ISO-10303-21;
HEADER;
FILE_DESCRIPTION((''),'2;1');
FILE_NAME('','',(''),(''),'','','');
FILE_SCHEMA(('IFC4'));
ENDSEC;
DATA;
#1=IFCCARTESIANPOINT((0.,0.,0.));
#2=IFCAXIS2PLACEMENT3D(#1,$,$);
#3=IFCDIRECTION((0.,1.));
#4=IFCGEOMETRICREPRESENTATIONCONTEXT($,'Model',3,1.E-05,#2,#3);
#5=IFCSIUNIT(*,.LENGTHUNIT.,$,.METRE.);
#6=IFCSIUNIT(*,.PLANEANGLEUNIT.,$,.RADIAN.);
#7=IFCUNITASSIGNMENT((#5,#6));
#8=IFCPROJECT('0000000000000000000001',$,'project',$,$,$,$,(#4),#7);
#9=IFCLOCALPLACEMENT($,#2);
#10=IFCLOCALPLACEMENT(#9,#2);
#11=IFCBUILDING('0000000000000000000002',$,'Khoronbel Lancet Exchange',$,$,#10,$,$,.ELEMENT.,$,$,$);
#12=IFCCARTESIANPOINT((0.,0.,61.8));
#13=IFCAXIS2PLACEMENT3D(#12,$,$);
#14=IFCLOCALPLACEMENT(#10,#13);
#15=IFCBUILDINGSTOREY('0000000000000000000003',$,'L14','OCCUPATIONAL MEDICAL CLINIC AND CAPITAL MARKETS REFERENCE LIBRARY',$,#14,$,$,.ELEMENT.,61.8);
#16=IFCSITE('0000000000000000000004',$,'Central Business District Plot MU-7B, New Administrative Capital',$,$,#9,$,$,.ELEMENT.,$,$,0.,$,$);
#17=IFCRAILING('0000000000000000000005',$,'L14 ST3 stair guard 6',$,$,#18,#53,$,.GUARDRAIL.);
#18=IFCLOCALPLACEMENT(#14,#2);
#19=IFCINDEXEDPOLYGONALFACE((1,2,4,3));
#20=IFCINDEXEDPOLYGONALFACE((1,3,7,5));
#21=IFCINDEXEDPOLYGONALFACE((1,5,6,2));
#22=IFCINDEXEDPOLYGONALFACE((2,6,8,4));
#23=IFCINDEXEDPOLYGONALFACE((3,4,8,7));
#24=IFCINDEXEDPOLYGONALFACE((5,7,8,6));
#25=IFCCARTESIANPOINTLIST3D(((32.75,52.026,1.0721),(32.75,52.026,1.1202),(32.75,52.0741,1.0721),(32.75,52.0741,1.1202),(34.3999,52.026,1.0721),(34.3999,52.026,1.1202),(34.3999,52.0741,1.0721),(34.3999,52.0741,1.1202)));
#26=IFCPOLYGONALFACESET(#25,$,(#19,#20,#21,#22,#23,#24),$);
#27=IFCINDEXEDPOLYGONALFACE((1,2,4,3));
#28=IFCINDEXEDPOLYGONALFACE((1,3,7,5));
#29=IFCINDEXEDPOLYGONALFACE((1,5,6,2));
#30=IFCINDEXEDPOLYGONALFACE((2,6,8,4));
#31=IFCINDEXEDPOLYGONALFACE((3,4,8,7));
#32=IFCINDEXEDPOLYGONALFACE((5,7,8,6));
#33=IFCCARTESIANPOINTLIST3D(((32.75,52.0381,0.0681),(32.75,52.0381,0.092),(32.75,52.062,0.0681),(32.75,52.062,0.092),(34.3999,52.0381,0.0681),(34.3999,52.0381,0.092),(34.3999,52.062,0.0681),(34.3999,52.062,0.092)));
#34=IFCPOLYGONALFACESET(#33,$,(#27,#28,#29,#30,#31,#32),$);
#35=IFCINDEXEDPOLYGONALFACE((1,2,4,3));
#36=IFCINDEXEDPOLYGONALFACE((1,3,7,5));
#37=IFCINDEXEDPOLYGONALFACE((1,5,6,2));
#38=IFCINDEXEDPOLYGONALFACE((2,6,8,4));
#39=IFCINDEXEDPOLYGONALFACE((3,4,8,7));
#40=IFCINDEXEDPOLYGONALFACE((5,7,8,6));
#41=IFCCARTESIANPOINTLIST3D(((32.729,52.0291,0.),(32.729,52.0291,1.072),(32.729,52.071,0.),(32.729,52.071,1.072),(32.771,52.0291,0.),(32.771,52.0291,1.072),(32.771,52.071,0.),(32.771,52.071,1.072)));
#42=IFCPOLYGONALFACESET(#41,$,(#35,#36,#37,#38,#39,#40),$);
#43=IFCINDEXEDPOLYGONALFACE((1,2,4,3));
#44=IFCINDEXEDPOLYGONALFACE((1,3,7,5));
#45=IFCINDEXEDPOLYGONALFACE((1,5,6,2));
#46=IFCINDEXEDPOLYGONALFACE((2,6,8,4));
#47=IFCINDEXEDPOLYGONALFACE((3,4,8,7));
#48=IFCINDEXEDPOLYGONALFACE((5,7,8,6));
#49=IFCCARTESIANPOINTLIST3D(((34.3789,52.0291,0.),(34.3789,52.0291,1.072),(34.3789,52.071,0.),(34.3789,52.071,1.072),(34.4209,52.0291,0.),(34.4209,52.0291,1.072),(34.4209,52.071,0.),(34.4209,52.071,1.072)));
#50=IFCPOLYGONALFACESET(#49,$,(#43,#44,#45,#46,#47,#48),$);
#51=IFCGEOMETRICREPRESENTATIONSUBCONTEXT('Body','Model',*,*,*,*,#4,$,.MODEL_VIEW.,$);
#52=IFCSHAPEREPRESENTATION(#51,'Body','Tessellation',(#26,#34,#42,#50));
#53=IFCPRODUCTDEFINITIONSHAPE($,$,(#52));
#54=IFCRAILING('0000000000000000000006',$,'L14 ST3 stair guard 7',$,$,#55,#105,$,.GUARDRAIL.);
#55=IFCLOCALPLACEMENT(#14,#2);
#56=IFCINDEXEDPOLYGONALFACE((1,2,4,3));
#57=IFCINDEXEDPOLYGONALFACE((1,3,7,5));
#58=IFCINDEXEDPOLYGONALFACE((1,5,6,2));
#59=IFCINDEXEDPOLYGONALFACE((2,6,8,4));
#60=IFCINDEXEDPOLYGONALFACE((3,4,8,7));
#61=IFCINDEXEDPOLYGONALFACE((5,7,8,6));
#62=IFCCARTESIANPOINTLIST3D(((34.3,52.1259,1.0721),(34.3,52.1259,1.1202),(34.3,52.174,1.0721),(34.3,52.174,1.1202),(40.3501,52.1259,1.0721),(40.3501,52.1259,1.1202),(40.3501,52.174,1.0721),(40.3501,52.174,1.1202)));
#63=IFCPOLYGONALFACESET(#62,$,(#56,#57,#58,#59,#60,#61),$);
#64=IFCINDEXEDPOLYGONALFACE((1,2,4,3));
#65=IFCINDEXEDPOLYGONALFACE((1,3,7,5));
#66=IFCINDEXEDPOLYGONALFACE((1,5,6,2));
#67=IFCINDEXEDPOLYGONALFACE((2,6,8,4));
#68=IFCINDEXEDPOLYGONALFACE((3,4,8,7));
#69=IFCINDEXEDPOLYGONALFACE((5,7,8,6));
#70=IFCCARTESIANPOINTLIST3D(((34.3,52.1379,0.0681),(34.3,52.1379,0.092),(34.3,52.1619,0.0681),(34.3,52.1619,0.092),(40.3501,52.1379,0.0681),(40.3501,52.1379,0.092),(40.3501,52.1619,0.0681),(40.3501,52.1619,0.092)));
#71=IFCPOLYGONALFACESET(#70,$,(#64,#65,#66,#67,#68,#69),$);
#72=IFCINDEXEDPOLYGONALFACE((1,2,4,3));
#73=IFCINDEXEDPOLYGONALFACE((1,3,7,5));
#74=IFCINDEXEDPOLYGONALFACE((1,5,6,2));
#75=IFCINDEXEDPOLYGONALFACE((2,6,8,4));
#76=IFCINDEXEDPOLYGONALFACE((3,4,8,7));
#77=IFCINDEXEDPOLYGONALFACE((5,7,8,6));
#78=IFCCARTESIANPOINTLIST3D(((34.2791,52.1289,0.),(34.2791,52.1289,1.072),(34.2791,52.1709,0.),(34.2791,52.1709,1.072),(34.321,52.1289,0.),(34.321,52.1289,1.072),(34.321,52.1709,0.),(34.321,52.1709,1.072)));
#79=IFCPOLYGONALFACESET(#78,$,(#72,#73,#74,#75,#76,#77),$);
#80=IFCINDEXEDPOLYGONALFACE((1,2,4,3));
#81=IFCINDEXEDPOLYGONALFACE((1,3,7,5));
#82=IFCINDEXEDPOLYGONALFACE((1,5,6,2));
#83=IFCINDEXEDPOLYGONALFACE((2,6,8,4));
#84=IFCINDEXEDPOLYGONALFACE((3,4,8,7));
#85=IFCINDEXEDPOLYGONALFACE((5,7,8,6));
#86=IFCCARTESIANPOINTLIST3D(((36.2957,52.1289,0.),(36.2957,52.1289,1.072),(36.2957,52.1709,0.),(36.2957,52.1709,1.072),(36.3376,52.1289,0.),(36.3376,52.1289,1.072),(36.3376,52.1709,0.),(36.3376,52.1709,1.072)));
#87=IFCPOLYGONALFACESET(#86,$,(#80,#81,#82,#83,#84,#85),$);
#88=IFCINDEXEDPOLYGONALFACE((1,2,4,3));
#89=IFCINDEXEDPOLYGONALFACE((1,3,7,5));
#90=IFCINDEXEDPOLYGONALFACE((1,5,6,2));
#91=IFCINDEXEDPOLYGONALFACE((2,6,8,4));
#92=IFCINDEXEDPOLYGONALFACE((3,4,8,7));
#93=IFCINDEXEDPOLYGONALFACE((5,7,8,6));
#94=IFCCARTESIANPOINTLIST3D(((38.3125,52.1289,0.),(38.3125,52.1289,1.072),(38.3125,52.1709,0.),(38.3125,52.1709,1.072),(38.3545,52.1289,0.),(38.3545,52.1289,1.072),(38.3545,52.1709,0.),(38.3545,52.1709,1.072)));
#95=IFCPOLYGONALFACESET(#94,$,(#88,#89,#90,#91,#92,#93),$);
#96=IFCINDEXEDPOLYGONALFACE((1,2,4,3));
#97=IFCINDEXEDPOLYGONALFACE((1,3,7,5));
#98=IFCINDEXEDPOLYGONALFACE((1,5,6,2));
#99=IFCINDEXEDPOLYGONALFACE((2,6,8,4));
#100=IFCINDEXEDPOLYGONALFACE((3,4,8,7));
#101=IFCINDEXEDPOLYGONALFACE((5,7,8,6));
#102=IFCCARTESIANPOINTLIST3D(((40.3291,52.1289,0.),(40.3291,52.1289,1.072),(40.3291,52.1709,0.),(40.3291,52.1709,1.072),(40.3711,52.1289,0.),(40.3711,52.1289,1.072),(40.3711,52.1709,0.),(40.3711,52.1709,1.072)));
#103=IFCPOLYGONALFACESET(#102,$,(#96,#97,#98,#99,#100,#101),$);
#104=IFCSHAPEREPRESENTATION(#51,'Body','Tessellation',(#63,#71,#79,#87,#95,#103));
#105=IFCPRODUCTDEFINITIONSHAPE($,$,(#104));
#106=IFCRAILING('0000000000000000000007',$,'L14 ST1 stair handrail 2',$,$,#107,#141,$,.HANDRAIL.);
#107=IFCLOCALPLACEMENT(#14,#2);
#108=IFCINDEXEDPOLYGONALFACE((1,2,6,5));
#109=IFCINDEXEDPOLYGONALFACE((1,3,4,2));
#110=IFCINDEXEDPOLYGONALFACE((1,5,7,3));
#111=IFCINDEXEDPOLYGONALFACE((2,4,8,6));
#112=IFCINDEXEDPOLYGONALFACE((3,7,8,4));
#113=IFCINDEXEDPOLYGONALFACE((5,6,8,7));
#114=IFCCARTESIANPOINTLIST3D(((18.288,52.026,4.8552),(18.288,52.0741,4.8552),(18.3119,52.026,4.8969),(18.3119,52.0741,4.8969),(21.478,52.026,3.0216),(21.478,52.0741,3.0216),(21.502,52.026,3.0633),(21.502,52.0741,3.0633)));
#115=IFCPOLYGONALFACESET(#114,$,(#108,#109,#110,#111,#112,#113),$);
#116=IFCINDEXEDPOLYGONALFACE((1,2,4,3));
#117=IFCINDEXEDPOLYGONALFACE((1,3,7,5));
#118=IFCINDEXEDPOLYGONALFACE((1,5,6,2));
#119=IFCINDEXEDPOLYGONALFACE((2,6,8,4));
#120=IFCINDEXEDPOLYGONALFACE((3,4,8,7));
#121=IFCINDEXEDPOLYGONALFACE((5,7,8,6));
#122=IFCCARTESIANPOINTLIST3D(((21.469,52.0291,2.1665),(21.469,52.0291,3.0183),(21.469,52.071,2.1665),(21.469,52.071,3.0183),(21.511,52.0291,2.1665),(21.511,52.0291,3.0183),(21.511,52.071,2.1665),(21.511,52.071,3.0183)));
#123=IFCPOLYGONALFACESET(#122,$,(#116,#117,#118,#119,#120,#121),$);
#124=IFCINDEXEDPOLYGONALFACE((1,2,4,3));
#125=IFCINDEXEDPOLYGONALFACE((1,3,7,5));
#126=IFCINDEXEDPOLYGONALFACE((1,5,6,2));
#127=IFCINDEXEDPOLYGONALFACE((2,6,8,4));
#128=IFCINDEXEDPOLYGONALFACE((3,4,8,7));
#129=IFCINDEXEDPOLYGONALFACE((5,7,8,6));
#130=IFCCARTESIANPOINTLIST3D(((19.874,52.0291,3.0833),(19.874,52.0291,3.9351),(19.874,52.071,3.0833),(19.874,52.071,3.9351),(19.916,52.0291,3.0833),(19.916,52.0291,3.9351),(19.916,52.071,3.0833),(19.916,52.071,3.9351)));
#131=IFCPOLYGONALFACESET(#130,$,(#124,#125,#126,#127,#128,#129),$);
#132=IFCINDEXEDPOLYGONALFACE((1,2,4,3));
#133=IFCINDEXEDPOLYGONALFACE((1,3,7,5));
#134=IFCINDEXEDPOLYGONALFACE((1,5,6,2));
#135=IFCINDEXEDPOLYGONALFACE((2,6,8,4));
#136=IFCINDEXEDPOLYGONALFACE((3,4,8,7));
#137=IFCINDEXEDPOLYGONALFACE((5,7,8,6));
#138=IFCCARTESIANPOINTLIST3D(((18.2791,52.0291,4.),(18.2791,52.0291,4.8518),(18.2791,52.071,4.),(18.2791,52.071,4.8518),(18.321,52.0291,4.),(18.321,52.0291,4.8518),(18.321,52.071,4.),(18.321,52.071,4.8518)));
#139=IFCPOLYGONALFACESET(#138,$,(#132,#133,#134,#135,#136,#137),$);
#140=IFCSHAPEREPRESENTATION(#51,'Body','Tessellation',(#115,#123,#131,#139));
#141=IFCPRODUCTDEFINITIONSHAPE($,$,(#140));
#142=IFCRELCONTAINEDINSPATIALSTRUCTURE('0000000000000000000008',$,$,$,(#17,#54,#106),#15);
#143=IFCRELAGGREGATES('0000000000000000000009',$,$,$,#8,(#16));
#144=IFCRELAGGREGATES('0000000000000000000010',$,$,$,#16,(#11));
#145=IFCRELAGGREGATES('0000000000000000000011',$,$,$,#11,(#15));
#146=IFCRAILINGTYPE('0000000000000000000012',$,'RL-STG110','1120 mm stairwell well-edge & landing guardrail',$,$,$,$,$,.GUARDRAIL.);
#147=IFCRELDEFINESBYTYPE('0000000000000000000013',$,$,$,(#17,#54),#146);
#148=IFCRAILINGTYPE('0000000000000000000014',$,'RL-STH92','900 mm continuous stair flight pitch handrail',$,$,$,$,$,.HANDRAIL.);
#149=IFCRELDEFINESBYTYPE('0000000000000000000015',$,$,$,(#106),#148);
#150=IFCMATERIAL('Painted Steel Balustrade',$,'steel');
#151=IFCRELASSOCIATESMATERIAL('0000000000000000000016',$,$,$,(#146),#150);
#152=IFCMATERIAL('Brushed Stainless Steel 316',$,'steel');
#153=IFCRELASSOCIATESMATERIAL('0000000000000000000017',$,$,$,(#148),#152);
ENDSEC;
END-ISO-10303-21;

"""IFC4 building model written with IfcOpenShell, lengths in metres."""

from ifc_helpers import new_model, si_unit, direction, frame, origin, origin_2d, place, context, subcontext, project, spatial, rectangle, extrude, material, type_object, element, save


model = new_model("IFC4")

# Units and contexts
model_context = context("Model", 3, precision=1e-05, world=origin(), true_north=direction((0.0, 1.0)))
body_context = subcontext(model_context, "Body", "Model", "MODEL_VIEW")
ifc_project = project(units=[si_unit("LENGTHUNIT", "METRE"), si_unit("PLANEANGLEUNIT", "RADIAN")], contexts=[model_context])

# Site, building, storey
site_placement = place(None, origin())
site = spatial("IfcSite", under=ifc_project, at=site_placement, Name="Central Business District Plot MU-7B, New Administrative Capital", CompositionType="ELEMENT", RefElevation=0.0)
building_placement = place(site_placement, origin())
building = spatial("IfcBuilding", under=site, at=building_placement, Name="Khoronbel Lancet Exchange", CompositionType="ELEMENT")
storey_placement = place(building_placement, frame((0.0, 0.0, 61.8)))
storey = spatial("IfcBuildingStorey", under=building, at=storey_placement, Name="L14", Description="OCCUPATIONAL MEDICAL CLINIC AND CAPITAL MARKETS REFERENCE LIBRARY", CompositionType="ELEMENT", Elevation=61.8)

# Railings
ifc_material_1 = material(Name="Painted Steel Balustrade", Category="steel")
railing_type_1 = type_object("IfcRailingType", Name="RL-STG110", Description="1120 mm stairwell well-edge & landing guardrail", PredefinedType="GUARDRAIL", material=ifc_material_1)
railing_1_placement = place(storey_placement, frame((32.75, 52.05, 0.0)))
element("IfcRailing", 1, at=railing_1_placement, inside=storey, type_object=railing_type_1, Name="L14 ST3 stair guard 6", PredefinedType="GUARDRAIL", context=body_context, shape_type="SweptSolid", body=[
    extrude(rectangle(XDim=0.0481, YDim=0.0481, at=origin_2d()), frame((0.0, 0.0, 1.0962), z_axis=(1.0, 0.0, 0.0), x_axis=(0.0, 1.0, 0.0)), (0.0, 0.0, 1.0), 1.6499),
    extrude(rectangle(XDim=0.0239, YDim=0.0239, at=origin_2d()), frame((0.0, 0.0, 0.0801), z_axis=(1.0, 0.0, 0.0), x_axis=(0.0, 1.0, 0.0)), (0.0, 0.0, 1.0), 1.6499),
    extrude(rectangle(XDim=0.042, YDim=0.042, at=origin_2d()), origin(), (0.0, 0.0, 1.0), 1.072),
    extrude(rectangle(XDim=0.042, YDim=0.042, at=origin_2d()), frame((1.6499, 0.0, 0.0)), (0.0, 0.0, 1.0), 1.072),
])
railing_2_placement = place(storey_placement, frame((34.3, 52.1499, 0.0)))
element("IfcRailing", 2, at=railing_2_placement, inside=storey, type_object=railing_type_1, Name="L14 ST3 stair guard 7", PredefinedType="GUARDRAIL", context=body_context, shape_type="SweptSolid", body=[
    extrude(rectangle(XDim=0.0481, YDim=0.0481, at=origin_2d()), frame((0.0, 0.0, 1.0962), z_axis=(1.0, 0.0, 0.0), x_axis=(0.0, 1.0, 0.0)), (0.0, 0.0, 1.0), 6.05),
    extrude(rectangle(XDim=0.0239, YDim=0.0239, at=origin_2d()), frame((0.0, 0.0, 0.0801), z_axis=(1.0, 0.0, 0.0), x_axis=(0.0, 1.0, 0.0)), (0.0, 0.0, 1.0), 6.05),
    extrude(rectangle(XDim=0.042, YDim=0.042, at=origin_2d()), origin(), (0.0, 0.0, 1.0), 1.072),
    extrude(rectangle(XDim=0.042, YDim=0.042, at=origin_2d()), frame((2.0166, 0.0, 0.0)), (0.0, 0.0, 1.0), 1.072),
    extrude(rectangle(XDim=0.042, YDim=0.042, at=origin_2d()), frame((4.0334, 0.0, 0.0)), (0.0, 0.0, 1.0), 1.072),
    extrude(rectangle(XDim=0.042, YDim=0.042, at=origin_2d()), frame((6.05, 0.0, 0.0)), (0.0, 0.0, 1.0), 1.072),
])
ifc_material_2 = material(Name="Brushed Stainless Steel 316", Category="steel")
railing_type_2 = type_object("IfcRailingType", Name="RL-STH92", Description="900 mm continuous stair flight pitch handrail", PredefinedType="HANDRAIL", material=ifc_material_2)
railing_3_placement = place(storey_placement, frame((21.49, 52.05, 2.1665)))
element("IfcRailing", 3, at=railing_3_placement, inside=storey, type_object=railing_type_2, Name="L14 ST1 stair handrail 2", PredefinedType="HANDRAIL", context=body_context, shape_type="SweptSolid", body=[
    extrude(rectangle(XDim=0.0481, YDim=0.0481, at=origin_2d()), frame((0.0, 0.0, 0.876), z_axis=(-0.866991, 0.0, 0.498324), x_axis=(0.0, -1.0, 0.0)), (0.0, 0.0, 1.0), 3.6794),
    extrude(rectangle(XDim=0.042, YDim=0.042, at=origin_2d()), origin(), (0.0, 0.0, 1.0), 0.8518),
    extrude(rectangle(XDim=0.042, YDim=0.042, at=origin_2d()), frame((-1.595, 0.0, 0.9167)), (0.0, 0.0, 1.0), 0.8518),
    extrude(rectangle(XDim=0.042, YDim=0.042, at=origin_2d()), frame((-3.1899, 0.0, 1.8335)), (0.0, 0.0, 1.0), 0.8518),
])

save(model, "model.ifc")
